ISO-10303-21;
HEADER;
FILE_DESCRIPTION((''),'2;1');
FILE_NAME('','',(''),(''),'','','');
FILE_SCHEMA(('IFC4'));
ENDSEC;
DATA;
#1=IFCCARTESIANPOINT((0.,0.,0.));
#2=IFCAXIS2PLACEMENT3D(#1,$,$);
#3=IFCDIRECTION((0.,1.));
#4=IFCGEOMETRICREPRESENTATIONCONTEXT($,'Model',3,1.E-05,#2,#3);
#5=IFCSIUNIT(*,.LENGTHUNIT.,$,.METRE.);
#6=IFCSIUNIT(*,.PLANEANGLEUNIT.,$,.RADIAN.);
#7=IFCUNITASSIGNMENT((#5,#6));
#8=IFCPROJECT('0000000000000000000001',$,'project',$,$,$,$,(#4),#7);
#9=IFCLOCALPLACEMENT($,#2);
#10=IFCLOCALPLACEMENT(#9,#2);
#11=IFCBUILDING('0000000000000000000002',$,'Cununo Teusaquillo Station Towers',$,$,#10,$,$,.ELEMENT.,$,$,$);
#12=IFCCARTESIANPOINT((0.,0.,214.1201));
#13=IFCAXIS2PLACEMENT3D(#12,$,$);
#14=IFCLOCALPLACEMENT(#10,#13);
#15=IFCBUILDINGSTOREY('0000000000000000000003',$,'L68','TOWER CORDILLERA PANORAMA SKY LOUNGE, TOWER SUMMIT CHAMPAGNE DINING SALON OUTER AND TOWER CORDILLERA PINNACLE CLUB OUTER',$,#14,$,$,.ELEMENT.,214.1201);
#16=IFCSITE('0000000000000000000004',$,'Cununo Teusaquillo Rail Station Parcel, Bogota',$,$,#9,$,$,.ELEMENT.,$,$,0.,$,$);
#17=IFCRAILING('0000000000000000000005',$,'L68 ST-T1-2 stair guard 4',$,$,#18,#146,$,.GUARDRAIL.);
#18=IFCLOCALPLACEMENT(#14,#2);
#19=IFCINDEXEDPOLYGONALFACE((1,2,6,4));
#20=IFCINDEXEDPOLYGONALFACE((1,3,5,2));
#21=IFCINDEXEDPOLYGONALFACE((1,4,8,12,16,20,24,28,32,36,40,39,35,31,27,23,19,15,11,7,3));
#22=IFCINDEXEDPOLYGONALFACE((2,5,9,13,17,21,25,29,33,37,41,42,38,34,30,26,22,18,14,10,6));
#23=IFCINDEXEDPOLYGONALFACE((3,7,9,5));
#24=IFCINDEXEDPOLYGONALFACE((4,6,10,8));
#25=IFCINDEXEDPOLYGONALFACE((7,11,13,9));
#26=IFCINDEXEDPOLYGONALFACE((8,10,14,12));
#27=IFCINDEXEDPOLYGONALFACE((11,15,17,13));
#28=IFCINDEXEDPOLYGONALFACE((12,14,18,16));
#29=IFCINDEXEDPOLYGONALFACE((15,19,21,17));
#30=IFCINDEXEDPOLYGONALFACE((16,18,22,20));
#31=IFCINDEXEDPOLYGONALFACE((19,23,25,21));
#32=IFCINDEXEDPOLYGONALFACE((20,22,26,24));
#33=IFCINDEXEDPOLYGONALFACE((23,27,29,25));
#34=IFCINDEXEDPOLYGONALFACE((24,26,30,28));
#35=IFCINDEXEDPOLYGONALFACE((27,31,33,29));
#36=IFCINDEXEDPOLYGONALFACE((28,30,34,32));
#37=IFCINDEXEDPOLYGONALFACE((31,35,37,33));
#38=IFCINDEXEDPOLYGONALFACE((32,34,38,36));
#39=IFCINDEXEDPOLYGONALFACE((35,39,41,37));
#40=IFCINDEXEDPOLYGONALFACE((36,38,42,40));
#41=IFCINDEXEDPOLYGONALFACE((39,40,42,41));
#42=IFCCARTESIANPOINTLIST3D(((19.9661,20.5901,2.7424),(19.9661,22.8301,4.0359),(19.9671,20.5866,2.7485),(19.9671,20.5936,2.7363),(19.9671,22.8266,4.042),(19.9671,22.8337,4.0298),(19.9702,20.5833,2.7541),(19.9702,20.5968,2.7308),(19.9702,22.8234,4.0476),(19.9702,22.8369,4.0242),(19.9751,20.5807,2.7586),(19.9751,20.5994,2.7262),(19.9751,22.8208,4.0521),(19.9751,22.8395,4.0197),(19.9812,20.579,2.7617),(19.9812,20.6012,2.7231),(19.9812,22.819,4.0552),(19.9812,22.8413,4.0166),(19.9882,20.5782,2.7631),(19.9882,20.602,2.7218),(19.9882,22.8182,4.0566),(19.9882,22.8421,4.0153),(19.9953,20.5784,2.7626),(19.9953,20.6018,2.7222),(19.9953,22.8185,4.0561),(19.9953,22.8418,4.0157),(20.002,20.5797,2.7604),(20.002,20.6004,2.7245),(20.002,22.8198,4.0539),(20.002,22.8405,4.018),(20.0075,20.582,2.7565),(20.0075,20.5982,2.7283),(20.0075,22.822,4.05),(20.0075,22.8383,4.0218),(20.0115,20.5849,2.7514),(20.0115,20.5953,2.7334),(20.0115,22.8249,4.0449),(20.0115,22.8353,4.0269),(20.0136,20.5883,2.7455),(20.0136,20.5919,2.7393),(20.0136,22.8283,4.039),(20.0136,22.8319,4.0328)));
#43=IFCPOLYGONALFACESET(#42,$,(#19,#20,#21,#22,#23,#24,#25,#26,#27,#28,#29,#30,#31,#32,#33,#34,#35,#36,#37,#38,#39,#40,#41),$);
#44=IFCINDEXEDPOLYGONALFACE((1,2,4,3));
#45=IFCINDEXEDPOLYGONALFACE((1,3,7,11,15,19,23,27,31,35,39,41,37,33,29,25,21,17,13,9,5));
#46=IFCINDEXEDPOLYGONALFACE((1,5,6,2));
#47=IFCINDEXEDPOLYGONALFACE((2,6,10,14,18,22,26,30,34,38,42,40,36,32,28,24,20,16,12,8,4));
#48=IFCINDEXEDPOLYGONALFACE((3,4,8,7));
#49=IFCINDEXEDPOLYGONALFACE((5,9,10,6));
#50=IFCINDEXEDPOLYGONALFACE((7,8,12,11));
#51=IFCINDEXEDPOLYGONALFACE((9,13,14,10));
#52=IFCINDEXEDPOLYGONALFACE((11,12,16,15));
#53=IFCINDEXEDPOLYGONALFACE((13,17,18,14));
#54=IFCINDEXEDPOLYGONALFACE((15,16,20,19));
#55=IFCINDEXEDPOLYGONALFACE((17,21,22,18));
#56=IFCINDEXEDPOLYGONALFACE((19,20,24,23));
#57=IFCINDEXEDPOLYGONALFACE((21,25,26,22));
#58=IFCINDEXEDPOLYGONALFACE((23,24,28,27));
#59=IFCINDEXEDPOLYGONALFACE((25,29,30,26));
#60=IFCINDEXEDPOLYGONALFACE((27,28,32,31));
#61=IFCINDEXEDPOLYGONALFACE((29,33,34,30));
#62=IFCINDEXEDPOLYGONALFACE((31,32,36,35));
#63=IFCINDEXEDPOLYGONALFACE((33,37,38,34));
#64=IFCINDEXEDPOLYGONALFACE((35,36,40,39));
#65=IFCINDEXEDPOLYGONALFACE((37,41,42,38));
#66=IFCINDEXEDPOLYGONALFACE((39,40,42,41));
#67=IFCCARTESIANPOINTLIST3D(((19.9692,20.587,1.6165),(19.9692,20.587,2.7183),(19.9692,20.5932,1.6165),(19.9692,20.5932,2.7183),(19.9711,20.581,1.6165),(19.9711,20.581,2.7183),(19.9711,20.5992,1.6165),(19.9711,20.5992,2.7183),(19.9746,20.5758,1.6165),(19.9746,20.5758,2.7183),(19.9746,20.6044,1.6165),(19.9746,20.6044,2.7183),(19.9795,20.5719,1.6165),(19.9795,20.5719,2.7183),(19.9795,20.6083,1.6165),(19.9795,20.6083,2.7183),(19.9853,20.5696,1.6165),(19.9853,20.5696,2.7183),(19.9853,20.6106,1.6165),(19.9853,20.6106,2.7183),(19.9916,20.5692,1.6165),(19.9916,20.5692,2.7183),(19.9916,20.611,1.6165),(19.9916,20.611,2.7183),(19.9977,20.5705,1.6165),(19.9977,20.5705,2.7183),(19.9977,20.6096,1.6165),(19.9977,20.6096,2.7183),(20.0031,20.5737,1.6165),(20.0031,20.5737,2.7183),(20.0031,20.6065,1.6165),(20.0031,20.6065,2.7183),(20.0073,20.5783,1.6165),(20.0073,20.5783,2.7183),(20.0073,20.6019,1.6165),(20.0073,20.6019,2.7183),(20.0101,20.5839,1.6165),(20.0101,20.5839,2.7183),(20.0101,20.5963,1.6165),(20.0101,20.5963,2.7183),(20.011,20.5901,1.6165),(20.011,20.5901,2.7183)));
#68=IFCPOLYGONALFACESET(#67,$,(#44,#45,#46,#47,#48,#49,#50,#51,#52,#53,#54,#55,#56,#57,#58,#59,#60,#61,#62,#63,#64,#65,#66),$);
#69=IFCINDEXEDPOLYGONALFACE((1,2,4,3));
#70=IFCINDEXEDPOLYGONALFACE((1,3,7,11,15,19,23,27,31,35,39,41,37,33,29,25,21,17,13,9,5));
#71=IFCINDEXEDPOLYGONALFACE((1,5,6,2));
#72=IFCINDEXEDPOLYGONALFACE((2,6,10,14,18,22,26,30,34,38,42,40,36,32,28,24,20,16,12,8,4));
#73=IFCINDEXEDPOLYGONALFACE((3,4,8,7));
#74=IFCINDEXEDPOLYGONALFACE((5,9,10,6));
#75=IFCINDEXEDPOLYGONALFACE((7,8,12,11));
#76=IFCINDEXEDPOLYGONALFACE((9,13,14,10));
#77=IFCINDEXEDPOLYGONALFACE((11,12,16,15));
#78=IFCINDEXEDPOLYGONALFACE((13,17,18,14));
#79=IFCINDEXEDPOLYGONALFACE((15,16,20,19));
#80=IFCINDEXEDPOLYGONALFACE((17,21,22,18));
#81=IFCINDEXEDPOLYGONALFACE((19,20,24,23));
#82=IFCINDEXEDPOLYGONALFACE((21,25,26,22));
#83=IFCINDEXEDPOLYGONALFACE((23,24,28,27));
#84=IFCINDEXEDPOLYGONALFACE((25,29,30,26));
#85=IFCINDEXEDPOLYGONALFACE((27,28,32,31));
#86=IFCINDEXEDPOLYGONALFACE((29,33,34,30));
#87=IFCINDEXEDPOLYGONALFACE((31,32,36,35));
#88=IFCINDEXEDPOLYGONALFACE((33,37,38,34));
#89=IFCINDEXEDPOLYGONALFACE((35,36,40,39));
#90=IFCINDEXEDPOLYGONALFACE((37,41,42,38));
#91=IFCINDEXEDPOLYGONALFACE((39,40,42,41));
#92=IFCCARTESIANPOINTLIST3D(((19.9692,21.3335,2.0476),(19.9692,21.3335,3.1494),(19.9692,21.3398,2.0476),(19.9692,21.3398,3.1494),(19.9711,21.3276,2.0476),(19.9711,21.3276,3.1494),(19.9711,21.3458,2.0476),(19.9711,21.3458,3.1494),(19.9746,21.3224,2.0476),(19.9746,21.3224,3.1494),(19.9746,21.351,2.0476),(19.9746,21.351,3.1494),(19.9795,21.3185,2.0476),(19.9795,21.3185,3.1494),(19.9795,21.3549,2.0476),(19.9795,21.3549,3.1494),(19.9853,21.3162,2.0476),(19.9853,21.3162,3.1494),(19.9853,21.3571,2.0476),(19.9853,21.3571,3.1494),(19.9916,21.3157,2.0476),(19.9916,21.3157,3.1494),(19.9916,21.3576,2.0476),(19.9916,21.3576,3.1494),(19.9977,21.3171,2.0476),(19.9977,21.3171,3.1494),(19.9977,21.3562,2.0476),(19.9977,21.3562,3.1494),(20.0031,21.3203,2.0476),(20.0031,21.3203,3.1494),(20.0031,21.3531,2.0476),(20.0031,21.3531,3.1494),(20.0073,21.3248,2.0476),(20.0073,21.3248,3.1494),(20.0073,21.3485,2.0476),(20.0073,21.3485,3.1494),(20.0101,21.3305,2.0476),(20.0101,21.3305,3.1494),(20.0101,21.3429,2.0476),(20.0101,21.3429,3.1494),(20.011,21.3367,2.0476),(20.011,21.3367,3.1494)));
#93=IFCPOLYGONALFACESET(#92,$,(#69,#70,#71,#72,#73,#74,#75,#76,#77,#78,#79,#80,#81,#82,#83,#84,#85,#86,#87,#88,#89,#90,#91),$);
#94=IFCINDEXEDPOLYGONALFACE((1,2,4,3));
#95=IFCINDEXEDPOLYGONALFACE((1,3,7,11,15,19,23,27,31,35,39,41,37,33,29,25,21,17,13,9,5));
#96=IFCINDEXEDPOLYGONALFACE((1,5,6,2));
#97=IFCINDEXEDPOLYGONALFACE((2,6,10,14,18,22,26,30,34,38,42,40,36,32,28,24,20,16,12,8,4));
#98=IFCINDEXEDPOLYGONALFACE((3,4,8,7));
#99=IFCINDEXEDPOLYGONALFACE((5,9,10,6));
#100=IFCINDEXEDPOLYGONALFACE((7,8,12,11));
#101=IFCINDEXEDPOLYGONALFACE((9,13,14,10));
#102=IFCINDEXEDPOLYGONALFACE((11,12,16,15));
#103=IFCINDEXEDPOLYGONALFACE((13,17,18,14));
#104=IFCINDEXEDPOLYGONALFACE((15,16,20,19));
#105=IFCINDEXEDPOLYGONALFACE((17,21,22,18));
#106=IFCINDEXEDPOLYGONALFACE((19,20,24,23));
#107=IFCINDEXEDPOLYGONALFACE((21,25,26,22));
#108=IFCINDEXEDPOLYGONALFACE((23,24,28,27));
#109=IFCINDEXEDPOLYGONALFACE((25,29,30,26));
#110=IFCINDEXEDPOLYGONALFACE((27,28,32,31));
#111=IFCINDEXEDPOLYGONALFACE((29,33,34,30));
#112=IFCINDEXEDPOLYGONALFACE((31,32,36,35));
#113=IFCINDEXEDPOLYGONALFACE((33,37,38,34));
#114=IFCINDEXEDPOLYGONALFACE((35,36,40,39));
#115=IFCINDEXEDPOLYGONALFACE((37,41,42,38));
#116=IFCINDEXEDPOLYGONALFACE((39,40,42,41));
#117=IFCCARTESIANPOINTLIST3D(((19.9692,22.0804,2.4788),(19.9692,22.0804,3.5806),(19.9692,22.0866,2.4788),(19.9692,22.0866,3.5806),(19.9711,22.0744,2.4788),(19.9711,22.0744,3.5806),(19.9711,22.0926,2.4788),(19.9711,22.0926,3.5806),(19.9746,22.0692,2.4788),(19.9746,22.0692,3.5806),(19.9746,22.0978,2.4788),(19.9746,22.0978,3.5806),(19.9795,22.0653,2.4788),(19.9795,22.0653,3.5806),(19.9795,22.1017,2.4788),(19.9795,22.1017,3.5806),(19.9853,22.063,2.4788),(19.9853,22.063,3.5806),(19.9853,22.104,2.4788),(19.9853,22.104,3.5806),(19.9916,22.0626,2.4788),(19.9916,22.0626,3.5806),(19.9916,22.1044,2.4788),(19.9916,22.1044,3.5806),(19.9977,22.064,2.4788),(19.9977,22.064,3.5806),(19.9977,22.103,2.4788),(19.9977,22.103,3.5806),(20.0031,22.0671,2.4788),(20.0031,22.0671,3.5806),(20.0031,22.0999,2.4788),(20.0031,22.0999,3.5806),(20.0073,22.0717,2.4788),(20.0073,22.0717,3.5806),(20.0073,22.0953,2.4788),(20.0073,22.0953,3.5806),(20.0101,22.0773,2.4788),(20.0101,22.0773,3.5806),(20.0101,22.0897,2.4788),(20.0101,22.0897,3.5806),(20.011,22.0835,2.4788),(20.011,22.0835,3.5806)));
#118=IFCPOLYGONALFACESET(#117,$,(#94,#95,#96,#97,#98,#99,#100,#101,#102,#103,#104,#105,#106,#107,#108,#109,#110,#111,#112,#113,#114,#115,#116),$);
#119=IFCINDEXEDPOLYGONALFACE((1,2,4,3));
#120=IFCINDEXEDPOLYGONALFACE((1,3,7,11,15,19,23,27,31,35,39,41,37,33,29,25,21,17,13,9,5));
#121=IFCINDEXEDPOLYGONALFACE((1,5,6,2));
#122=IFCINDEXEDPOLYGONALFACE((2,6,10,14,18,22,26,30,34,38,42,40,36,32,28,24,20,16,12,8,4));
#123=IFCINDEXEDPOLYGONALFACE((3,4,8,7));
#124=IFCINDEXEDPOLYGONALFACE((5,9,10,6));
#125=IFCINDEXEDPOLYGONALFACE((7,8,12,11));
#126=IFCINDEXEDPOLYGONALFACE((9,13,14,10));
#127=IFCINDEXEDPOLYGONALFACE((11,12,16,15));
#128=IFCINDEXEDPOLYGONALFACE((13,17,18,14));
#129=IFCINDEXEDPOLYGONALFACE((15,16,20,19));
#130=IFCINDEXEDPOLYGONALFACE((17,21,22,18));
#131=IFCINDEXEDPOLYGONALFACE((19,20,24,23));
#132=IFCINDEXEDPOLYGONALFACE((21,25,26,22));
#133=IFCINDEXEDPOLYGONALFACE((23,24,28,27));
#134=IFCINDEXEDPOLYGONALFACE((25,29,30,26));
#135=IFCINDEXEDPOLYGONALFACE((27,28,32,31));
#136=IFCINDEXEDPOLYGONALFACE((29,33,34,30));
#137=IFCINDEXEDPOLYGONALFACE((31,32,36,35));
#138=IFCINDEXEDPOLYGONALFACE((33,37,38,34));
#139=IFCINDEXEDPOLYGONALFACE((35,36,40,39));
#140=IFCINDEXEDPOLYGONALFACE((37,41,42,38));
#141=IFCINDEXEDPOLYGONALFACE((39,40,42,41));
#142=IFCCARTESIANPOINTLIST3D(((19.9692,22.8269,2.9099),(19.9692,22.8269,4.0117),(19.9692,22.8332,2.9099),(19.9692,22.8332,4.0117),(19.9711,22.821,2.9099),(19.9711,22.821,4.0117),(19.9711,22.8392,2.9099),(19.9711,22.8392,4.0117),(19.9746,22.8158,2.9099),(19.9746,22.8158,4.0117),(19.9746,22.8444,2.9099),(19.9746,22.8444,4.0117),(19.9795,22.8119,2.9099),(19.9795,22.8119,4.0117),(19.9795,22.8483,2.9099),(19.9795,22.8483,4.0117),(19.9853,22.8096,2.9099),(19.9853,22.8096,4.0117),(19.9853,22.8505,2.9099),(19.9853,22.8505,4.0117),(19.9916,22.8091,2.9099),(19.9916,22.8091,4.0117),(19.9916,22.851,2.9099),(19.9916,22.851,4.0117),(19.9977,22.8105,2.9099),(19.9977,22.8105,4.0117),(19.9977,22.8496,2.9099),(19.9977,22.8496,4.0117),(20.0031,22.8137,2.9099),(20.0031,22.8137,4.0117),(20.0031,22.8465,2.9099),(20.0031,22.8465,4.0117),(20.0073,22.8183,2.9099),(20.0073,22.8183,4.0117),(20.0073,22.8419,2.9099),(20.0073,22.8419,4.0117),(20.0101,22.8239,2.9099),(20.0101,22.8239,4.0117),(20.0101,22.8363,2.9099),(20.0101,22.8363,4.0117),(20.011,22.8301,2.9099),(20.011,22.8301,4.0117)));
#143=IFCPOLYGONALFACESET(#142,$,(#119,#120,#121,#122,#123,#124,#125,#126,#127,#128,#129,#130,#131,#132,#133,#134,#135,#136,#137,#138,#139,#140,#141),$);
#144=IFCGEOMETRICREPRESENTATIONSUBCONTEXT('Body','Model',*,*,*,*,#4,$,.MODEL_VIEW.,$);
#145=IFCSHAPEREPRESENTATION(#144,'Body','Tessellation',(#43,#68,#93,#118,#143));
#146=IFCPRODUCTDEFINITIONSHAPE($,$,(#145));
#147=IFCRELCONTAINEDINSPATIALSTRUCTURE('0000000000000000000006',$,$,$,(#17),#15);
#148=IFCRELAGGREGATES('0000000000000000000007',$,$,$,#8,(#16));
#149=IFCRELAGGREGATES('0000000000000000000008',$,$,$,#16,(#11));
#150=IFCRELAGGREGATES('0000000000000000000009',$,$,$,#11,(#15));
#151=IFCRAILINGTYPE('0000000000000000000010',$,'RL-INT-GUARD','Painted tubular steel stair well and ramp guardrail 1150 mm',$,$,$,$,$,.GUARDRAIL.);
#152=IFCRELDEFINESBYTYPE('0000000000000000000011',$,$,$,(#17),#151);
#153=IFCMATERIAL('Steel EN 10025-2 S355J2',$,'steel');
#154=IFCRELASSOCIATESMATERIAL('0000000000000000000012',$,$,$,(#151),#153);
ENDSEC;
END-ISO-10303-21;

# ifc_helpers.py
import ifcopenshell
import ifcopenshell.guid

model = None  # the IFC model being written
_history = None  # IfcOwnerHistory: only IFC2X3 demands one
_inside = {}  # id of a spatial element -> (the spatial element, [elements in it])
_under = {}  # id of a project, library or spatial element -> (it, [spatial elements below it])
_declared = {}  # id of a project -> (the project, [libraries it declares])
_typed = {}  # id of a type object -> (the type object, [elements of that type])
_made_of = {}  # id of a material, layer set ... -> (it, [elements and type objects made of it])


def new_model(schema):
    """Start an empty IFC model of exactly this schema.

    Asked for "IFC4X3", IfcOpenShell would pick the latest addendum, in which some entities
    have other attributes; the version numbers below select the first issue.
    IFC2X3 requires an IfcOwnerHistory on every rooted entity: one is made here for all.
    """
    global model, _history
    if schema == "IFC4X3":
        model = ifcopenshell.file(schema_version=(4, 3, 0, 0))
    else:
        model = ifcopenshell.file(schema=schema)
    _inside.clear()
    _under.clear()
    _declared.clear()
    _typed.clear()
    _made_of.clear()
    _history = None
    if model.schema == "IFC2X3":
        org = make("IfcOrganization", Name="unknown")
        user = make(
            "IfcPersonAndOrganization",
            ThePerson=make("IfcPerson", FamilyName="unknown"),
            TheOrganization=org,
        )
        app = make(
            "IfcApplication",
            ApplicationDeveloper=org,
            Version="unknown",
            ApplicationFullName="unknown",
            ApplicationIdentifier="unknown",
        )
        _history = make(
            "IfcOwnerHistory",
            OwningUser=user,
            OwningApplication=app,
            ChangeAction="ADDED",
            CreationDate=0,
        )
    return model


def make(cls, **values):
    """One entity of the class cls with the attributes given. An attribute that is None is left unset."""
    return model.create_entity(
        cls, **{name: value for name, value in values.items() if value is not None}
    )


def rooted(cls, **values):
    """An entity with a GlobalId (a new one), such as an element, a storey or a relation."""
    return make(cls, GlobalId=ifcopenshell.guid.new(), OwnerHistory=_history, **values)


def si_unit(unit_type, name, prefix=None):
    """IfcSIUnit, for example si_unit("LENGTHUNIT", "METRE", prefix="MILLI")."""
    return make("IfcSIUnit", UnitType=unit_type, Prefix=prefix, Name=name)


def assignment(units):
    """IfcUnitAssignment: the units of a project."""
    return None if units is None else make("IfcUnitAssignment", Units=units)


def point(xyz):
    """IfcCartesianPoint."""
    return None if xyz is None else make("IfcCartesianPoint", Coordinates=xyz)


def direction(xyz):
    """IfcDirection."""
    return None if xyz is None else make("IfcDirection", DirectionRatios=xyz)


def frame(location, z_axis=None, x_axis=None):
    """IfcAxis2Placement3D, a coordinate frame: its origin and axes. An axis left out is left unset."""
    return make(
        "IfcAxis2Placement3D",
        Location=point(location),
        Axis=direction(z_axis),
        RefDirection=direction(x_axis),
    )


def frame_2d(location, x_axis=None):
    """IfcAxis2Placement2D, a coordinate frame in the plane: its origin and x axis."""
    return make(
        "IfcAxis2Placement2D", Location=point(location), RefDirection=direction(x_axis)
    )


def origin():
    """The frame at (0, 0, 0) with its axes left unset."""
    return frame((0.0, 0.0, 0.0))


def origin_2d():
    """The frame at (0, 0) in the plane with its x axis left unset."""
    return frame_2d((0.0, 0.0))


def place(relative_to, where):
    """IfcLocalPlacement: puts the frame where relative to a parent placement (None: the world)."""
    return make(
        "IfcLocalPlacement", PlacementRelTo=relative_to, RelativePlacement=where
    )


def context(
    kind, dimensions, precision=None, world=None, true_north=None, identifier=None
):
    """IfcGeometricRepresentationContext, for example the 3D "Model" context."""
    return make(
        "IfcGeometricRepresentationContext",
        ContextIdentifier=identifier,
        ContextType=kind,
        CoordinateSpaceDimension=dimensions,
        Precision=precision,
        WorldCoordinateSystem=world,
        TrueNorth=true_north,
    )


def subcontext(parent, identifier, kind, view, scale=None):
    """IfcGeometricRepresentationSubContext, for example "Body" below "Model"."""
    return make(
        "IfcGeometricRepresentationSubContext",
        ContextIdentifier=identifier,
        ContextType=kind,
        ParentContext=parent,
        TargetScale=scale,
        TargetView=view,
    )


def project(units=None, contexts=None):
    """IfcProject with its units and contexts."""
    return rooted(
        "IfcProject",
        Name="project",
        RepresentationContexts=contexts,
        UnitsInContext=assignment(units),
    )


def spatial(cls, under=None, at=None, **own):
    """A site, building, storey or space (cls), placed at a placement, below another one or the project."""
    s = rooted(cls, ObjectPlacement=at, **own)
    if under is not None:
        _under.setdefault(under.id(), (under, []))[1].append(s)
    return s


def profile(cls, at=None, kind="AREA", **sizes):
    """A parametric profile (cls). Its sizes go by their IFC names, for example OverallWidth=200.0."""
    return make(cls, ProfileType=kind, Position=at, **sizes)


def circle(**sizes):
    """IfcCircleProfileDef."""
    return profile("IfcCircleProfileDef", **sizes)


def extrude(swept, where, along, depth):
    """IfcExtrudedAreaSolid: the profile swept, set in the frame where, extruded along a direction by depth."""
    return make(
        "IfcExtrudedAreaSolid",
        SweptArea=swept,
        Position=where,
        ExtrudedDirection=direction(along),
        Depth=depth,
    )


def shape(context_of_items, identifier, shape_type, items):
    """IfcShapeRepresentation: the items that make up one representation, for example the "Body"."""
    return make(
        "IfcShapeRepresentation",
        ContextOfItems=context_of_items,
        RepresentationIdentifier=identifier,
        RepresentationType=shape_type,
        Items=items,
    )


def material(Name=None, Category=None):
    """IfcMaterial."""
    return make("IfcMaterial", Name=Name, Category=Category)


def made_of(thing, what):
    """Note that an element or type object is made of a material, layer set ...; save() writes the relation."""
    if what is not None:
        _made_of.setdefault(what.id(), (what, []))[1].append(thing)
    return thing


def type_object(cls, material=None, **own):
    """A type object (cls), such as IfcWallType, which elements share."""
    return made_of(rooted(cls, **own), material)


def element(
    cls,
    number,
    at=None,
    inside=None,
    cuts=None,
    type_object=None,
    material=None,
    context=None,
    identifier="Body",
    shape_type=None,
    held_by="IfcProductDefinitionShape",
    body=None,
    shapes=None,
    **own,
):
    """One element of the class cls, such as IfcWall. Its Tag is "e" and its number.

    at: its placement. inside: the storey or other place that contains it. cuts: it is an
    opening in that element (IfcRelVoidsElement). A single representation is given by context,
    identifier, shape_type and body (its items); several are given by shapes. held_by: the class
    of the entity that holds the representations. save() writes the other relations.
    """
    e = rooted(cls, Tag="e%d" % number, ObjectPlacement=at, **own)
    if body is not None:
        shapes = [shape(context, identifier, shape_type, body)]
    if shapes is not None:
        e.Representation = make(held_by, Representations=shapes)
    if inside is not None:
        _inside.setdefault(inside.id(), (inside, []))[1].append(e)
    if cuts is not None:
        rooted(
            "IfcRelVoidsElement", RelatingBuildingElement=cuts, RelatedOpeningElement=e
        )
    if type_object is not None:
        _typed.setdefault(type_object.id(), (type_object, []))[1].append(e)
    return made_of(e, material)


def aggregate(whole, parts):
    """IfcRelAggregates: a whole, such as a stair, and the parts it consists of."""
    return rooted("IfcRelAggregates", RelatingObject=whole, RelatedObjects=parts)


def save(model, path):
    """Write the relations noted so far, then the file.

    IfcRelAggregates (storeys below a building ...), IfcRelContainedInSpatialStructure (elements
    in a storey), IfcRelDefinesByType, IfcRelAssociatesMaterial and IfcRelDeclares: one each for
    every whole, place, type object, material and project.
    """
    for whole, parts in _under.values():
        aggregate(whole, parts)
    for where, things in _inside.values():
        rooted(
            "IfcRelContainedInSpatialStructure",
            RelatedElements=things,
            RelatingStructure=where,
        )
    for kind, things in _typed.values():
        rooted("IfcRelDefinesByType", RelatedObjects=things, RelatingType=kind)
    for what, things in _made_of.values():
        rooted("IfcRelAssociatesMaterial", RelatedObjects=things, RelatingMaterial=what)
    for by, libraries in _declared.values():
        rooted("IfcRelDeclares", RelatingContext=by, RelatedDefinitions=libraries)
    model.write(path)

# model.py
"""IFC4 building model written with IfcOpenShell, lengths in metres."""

from ifc_helpers import new_model, si_unit, direction, frame, origin, origin_2d, place, context, subcontext, project, spatial, circle, extrude, material, type_object, element, save


model = new_model("IFC4")

# Units and contexts
model_context = context("Model", 3, precision=1e-05, world=origin(), true_north=direction((0.0, 1.0)))
body_context = subcontext(model_context, "Body", "Model", "MODEL_VIEW")
ifc_project = project(units=[si_unit("LENGTHUNIT", "METRE"), si_unit("PLANEANGLEUNIT", "RADIAN")], contexts=[model_context])

# Site, building, storey
site_placement = place(None, origin())
site = spatial("IfcSite", under=ifc_project, at=site_placement, Name="Cununo Teusaquillo Rail Station Parcel, Bogota", CompositionType="ELEMENT", RefElevation=0.0)
building_placement = place(site_placement, origin())
building = spatial("IfcBuilding", under=site, at=building_placement, Name="Cununo Teusaquillo Station Towers", CompositionType="ELEMENT")
storey_placement = place(building_placement, frame((0.0, 0.0, 214.1201)))
storey = spatial("IfcBuildingStorey", under=building, at=storey_placement, Name="L68", Description="TOWER CORDILLERA PANORAMA SKY LOUNGE, TOWER SUMMIT CHAMPAGNE DINING SALON OUTER AND TOWER CORDILLERA PINNACLE CLUB OUTER", CompositionType="ELEMENT", Elevation=214.1201)

# Railing
ifc_material_1 = material(Name="Steel EN 10025-2 S355J2", Category="steel")
railing_type_1 = type_object("IfcRailingType", Name="RL-INT-GUARD", Description="Painted tubular steel stair well and ramp guardrail 1150 mm", PredefinedType="GUARDRAIL", material=ifc_material_1)
railing_1_placement = place(storey_placement, frame((19.99, 20.5901, 1.6165)))
element("IfcRailing", 1, at=railing_1_placement, inside=storey, type_object=railing_type_1, Name="L68 ST-T1-2 stair guard 4", PredefinedType="GUARDRAIL", context=body_context, shape_type="SweptSolid", body=[
    extrude(circle(Radius=0.0239, at=origin_2d()), frame((0.0, 0.0, 1.126), z_axis=(0.0, 0.865992, 0.500057), x_axis=(-1.0, 0.0, 0.0)), (0.0, 0.0, 1.0), 2.5867),
    extrude(circle(Radius=0.021, at=origin_2d()), origin(), (0.0, 0.0, 1.0), 1.1018),
    extrude(circle(Radius=0.021, at=origin_2d()), frame((0.0, 0.7466, 0.4312)), (0.0, 0.0, 1.0), 1.1018),
    extrude(circle(Radius=0.021, at=origin_2d()), frame((0.0, 1.4934, 0.8623)), (0.0, 0.0, 1.0), 1.1018),
    extrude(circle(Radius=0.021, at=origin_2d()), frame((0.0, 2.24, 1.2935)), (0.0, 0.0, 1.0), 1.1018),
])

save(model, "model.ifc")
